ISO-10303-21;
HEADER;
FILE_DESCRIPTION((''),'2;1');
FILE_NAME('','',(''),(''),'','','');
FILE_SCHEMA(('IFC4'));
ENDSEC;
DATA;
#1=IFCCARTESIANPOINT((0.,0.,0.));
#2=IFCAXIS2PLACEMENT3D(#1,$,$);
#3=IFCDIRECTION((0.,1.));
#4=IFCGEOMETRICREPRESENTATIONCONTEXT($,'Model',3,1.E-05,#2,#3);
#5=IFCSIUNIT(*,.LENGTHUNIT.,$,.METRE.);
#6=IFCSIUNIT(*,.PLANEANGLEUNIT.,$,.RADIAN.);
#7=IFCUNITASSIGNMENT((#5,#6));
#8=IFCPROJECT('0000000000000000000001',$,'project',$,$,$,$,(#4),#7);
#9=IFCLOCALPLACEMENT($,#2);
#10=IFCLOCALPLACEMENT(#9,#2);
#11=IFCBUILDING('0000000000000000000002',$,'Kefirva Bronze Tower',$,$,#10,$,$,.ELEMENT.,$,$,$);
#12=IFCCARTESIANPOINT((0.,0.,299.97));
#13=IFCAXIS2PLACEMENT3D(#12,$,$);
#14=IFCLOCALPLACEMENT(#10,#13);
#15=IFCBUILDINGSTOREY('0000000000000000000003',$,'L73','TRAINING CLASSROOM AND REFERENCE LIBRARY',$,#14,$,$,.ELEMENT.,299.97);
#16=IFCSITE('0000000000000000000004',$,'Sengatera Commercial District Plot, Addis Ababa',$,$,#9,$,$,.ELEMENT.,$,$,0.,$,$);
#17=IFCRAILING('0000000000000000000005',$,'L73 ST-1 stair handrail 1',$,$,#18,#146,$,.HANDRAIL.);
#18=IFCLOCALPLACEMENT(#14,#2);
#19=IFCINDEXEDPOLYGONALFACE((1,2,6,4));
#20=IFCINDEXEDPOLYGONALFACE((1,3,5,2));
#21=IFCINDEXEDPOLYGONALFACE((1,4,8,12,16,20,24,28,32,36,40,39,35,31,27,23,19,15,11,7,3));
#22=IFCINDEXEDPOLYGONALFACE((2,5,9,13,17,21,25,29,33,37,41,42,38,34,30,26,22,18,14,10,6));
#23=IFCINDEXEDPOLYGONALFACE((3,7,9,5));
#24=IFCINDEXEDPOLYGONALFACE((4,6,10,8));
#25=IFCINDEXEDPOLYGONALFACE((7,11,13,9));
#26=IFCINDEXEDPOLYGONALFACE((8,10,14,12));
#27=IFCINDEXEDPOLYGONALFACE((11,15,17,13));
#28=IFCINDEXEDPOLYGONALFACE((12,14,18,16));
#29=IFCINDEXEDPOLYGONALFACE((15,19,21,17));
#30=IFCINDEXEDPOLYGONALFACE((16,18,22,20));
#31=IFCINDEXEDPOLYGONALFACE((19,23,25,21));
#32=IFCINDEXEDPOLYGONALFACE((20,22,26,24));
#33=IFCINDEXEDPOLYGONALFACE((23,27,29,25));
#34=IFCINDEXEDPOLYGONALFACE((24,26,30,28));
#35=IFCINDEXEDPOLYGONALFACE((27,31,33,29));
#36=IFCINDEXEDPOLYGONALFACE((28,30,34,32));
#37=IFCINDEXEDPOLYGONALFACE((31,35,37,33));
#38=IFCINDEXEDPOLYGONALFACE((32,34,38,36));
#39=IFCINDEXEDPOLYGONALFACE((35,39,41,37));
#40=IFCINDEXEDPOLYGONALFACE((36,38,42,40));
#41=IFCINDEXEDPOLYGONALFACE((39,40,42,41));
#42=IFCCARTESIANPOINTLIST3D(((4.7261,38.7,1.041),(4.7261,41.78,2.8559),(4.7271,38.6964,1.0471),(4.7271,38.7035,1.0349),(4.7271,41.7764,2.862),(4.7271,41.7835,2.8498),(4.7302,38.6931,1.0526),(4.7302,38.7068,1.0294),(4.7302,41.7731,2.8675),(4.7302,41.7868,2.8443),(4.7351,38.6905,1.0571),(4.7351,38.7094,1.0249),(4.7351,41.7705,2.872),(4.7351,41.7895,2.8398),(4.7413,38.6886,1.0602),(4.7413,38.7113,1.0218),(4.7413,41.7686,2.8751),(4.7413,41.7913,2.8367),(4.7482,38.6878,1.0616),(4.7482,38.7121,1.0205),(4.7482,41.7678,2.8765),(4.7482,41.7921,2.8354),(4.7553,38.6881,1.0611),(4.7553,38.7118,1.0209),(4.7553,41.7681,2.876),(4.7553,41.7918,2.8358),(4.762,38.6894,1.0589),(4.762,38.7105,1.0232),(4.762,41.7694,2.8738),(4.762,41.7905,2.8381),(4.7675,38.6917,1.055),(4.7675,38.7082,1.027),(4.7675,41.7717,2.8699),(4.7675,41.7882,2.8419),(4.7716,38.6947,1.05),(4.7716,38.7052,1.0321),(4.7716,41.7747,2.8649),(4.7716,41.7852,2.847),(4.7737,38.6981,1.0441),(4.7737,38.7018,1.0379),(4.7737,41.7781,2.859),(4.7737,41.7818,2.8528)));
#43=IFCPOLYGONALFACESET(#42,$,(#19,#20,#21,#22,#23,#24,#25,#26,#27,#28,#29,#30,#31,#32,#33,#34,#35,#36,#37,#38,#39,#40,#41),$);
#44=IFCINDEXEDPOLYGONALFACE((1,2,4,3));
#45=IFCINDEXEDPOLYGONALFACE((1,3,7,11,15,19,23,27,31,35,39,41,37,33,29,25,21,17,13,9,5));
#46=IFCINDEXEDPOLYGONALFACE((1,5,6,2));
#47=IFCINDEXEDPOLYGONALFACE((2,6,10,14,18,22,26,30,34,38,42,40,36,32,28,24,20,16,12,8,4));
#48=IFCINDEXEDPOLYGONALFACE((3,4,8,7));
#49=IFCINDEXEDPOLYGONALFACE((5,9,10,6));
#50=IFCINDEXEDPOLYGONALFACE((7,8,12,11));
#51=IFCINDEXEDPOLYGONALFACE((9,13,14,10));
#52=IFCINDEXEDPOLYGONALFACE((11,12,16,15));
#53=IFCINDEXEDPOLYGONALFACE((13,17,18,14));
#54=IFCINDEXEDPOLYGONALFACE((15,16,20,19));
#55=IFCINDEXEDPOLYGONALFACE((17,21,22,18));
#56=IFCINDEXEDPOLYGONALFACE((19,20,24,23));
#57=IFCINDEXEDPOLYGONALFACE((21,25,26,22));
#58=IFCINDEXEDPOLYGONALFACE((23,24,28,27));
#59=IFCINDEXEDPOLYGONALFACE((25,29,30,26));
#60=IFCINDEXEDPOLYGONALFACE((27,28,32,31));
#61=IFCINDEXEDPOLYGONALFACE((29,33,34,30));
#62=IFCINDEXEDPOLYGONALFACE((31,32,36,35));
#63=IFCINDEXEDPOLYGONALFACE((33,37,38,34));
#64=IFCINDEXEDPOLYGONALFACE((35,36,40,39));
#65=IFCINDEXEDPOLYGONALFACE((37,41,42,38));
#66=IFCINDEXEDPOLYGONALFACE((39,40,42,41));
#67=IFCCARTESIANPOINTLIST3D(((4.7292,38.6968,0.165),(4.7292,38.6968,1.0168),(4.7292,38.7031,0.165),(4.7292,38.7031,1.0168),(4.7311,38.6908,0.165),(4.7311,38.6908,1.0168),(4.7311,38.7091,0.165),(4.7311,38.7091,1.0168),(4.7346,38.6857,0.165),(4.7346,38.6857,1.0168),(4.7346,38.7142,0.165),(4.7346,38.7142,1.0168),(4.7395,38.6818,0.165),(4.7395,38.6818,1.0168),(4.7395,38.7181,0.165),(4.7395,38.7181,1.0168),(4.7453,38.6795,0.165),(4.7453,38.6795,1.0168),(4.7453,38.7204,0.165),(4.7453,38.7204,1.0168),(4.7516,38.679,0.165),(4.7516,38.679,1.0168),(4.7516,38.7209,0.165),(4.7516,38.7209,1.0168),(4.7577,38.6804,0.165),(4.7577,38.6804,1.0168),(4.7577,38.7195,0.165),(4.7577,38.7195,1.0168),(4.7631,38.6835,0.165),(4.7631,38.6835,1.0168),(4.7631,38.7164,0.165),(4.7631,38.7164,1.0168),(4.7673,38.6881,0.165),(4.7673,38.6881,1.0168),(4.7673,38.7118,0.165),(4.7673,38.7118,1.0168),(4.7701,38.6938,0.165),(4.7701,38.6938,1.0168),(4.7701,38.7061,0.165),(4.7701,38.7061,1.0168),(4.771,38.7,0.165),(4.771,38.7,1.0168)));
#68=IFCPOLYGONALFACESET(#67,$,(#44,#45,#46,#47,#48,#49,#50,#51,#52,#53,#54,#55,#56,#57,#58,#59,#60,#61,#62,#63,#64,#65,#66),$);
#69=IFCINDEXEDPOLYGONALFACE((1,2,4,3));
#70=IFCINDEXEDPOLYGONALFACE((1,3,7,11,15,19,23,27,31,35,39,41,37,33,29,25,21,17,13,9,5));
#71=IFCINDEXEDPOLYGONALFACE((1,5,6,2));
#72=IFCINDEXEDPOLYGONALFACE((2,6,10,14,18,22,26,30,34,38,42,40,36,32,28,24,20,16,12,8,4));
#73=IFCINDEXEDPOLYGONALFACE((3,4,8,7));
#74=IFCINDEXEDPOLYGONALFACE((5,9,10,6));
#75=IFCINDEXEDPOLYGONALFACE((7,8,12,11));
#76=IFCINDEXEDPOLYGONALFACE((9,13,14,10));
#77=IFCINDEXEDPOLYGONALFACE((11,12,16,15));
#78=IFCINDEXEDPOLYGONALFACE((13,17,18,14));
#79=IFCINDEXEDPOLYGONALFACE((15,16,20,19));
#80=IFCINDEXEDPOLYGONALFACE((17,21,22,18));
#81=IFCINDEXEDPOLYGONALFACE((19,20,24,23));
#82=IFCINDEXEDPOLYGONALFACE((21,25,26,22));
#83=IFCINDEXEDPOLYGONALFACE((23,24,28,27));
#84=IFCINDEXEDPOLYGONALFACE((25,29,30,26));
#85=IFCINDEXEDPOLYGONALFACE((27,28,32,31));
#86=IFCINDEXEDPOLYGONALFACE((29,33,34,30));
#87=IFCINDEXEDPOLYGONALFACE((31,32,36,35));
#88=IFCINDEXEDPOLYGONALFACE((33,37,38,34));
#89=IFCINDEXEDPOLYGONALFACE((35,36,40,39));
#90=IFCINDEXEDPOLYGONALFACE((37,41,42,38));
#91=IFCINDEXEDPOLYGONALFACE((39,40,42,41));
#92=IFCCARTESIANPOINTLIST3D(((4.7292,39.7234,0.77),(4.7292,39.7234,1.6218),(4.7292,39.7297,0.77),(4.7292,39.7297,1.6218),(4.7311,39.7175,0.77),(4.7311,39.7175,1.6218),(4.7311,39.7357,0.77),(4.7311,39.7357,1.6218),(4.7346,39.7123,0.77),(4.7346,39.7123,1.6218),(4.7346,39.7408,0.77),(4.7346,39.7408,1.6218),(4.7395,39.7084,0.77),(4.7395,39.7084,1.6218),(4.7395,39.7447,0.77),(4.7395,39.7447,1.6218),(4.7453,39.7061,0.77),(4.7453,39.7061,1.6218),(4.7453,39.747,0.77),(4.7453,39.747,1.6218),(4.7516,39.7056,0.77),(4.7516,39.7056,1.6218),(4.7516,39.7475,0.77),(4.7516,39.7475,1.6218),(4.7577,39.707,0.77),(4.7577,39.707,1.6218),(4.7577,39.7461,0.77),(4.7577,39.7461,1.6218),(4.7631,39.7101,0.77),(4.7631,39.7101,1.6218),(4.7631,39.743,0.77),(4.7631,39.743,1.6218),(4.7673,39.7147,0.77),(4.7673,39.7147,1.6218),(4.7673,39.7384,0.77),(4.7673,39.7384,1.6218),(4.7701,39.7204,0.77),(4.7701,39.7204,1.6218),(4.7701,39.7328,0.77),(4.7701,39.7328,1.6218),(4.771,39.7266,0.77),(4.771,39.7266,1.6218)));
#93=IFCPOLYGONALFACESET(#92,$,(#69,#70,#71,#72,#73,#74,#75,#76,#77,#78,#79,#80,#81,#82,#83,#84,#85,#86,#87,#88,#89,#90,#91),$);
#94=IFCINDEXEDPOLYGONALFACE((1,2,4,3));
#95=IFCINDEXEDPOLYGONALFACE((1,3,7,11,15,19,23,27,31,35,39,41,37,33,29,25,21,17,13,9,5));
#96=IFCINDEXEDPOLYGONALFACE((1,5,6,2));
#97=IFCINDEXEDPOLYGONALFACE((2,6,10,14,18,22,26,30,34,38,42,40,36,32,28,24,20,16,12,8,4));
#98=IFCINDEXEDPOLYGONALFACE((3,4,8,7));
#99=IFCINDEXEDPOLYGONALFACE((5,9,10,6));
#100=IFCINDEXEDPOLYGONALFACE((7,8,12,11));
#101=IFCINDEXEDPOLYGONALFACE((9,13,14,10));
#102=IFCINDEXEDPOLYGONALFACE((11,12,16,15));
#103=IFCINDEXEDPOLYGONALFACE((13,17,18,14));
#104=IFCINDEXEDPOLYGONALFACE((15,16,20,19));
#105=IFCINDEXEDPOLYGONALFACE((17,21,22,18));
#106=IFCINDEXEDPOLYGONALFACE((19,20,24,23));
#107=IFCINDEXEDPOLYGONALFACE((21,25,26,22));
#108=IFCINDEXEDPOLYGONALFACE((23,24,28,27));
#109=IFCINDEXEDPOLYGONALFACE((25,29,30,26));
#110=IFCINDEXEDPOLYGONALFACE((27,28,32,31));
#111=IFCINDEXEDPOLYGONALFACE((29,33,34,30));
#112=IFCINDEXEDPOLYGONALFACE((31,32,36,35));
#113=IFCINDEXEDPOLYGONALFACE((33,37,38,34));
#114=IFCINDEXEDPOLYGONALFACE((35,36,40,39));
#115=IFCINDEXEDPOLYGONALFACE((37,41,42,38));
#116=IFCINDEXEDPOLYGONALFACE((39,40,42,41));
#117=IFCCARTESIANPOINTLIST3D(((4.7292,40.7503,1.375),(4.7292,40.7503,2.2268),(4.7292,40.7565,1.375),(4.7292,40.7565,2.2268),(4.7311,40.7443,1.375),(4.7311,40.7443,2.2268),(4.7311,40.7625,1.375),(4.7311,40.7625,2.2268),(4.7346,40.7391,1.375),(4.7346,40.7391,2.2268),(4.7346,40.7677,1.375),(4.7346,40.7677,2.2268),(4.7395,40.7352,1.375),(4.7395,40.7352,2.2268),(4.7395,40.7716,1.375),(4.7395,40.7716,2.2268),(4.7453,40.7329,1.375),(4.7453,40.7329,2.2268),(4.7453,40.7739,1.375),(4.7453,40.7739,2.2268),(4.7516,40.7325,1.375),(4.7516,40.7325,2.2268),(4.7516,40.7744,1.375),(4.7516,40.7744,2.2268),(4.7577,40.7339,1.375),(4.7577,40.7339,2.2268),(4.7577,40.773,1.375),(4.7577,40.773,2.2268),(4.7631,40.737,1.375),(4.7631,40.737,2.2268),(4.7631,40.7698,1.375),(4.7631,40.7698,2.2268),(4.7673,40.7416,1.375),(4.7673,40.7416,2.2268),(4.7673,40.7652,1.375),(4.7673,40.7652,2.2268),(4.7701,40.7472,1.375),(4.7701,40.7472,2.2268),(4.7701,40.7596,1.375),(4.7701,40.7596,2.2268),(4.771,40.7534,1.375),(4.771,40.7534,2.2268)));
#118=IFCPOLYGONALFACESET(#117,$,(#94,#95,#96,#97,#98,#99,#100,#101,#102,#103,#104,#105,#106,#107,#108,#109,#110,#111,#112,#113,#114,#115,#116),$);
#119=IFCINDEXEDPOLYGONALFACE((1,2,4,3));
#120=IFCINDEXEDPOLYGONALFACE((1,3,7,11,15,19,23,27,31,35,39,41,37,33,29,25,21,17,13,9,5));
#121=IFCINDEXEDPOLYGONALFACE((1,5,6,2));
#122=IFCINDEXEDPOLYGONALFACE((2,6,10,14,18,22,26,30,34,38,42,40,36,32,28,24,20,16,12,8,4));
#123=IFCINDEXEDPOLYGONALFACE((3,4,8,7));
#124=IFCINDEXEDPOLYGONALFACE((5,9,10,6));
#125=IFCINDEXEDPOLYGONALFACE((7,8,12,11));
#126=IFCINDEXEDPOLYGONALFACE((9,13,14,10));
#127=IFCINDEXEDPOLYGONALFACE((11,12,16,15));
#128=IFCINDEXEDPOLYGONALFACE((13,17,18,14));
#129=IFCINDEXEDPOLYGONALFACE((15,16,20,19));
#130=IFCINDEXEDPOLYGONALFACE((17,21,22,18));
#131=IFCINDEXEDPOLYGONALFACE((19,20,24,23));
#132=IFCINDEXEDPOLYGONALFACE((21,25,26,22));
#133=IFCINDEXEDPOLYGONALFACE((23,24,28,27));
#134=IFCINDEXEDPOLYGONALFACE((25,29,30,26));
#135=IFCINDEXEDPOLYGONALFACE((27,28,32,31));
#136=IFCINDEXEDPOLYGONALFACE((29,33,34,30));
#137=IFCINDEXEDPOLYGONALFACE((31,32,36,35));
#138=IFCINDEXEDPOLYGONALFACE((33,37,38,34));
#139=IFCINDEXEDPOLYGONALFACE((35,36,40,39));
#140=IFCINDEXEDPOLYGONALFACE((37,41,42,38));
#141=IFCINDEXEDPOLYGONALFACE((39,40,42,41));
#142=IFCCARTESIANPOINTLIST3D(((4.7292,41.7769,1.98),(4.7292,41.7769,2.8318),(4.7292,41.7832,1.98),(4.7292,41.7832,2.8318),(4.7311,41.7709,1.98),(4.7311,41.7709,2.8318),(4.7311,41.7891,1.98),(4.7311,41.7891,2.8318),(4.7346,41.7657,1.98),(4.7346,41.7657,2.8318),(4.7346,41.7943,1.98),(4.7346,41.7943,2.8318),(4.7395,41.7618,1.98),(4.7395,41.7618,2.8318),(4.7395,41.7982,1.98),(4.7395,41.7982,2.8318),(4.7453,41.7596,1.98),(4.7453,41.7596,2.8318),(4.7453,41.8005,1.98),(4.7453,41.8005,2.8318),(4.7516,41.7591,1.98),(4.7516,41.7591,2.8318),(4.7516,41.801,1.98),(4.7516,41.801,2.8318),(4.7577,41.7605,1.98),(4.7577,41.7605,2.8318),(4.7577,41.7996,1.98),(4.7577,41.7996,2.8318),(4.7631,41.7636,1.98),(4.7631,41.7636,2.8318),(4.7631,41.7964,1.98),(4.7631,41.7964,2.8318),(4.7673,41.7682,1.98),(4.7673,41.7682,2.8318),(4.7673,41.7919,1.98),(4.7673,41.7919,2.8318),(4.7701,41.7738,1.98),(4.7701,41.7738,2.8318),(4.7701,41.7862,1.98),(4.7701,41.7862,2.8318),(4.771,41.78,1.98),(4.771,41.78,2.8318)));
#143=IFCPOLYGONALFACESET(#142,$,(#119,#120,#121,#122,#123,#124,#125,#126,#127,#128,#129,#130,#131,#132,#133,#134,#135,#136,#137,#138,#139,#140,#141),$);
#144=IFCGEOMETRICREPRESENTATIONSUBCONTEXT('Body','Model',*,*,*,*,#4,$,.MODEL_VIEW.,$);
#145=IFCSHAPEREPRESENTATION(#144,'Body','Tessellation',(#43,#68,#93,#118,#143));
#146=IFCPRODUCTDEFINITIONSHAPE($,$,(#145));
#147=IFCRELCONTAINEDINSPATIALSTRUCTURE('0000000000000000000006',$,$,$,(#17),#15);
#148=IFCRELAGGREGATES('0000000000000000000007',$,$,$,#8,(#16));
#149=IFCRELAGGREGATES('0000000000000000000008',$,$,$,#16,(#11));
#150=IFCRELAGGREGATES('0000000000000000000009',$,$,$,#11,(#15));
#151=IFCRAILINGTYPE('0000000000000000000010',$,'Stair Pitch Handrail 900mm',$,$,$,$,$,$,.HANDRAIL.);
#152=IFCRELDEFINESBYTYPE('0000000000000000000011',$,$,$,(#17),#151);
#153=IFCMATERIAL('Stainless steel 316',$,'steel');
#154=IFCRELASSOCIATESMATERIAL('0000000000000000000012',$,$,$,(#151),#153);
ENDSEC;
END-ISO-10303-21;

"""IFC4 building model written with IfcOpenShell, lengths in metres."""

from ifc_helpers import new_model, si_unit, direction, frame, origin, origin_2d, place, context, subcontext, project, spatial, circle, extrude, material, type_object, element, save


model = new_model("IFC4")

# Units and contexts
model_context = context("Model", 3, precision=1e-05, world=origin(), true_north=direction((0.0, 1.0)))
body_context = subcontext(model_context, "Body", "Model", "MODEL_VIEW")
ifc_project = project(units=[si_unit("LENGTHUNIT", "METRE"), si_unit("PLANEANGLEUNIT", "RADIAN")], contexts=[model_context])

# Site, building, storey
site_placement = place(None, origin())
site = spatial("IfcSite", under=ifc_project, at=site_placement, Name="Sengatera Commercial District Plot, Addis Ababa", CompositionType="ELEMENT", RefElevation=0.0)
building_placement = place(site_placement, origin())
building = spatial("IfcBuilding", under=site, at=building_placement, Name="Kefirva Bronze Tower", CompositionType="ELEMENT")
storey_placement = place(building_placement, frame((0.0, 0.0, 299.97)))
storey = spatial("IfcBuildingStorey", under=building, at=storey_placement, Name="L73", Description="TRAINING CLASSROOM AND REFERENCE LIBRARY", CompositionType="ELEMENT", Elevation=299.97)

# Railing
ifc_material_1 = material(Name="Stainless steel 316", Category="steel")
railing_type_1 = type_object("IfcRailingType", Name="Stair Pitch Handrail 900mm", PredefinedType="HANDRAIL", material=ifc_material_1)
railing_1_placement = place(storey_placement, frame((4.75, 38.7, 0.165)))
element("IfcRailing", 1, at=railing_1_placement, inside=storey, type_object=railing_type_1, Name="L73 ST-1 stair handrail 1", PredefinedType="HANDRAIL", context=body_context, shape_type="SweptSolid", body=[
    extrude(circle(Radius=0.0239, at=origin_2d()), frame((0.0, 0.0, 0.876), z_axis=(0.0, 0.861551, 0.507671), x_axis=(-1.0, 0.0, 0.0)), (0.0, 0.0, 1.0), 3.575),
    extrude(circle(Radius=0.021, at=origin_2d()), origin(), (0.0, 0.0, 1.0), 0.8518),
    extrude(circle(Radius=0.021, at=origin_2d()), frame((0.0, 1.0266, 0.605)), (0.0, 0.0, 1.0), 0.8518),
    extrude(circle(Radius=0.021, at=origin_2d()), frame((0.0, 2.0535, 1.21)), (0.0, 0.0, 1.0), 0.8518),
    extrude(circle(Radius=0.021, at=origin_2d()), frame((0.0, 3.0801, 1.8149)), (0.0, 0.0, 1.0), 0.8518),
])

save(model, "model.ifc")
